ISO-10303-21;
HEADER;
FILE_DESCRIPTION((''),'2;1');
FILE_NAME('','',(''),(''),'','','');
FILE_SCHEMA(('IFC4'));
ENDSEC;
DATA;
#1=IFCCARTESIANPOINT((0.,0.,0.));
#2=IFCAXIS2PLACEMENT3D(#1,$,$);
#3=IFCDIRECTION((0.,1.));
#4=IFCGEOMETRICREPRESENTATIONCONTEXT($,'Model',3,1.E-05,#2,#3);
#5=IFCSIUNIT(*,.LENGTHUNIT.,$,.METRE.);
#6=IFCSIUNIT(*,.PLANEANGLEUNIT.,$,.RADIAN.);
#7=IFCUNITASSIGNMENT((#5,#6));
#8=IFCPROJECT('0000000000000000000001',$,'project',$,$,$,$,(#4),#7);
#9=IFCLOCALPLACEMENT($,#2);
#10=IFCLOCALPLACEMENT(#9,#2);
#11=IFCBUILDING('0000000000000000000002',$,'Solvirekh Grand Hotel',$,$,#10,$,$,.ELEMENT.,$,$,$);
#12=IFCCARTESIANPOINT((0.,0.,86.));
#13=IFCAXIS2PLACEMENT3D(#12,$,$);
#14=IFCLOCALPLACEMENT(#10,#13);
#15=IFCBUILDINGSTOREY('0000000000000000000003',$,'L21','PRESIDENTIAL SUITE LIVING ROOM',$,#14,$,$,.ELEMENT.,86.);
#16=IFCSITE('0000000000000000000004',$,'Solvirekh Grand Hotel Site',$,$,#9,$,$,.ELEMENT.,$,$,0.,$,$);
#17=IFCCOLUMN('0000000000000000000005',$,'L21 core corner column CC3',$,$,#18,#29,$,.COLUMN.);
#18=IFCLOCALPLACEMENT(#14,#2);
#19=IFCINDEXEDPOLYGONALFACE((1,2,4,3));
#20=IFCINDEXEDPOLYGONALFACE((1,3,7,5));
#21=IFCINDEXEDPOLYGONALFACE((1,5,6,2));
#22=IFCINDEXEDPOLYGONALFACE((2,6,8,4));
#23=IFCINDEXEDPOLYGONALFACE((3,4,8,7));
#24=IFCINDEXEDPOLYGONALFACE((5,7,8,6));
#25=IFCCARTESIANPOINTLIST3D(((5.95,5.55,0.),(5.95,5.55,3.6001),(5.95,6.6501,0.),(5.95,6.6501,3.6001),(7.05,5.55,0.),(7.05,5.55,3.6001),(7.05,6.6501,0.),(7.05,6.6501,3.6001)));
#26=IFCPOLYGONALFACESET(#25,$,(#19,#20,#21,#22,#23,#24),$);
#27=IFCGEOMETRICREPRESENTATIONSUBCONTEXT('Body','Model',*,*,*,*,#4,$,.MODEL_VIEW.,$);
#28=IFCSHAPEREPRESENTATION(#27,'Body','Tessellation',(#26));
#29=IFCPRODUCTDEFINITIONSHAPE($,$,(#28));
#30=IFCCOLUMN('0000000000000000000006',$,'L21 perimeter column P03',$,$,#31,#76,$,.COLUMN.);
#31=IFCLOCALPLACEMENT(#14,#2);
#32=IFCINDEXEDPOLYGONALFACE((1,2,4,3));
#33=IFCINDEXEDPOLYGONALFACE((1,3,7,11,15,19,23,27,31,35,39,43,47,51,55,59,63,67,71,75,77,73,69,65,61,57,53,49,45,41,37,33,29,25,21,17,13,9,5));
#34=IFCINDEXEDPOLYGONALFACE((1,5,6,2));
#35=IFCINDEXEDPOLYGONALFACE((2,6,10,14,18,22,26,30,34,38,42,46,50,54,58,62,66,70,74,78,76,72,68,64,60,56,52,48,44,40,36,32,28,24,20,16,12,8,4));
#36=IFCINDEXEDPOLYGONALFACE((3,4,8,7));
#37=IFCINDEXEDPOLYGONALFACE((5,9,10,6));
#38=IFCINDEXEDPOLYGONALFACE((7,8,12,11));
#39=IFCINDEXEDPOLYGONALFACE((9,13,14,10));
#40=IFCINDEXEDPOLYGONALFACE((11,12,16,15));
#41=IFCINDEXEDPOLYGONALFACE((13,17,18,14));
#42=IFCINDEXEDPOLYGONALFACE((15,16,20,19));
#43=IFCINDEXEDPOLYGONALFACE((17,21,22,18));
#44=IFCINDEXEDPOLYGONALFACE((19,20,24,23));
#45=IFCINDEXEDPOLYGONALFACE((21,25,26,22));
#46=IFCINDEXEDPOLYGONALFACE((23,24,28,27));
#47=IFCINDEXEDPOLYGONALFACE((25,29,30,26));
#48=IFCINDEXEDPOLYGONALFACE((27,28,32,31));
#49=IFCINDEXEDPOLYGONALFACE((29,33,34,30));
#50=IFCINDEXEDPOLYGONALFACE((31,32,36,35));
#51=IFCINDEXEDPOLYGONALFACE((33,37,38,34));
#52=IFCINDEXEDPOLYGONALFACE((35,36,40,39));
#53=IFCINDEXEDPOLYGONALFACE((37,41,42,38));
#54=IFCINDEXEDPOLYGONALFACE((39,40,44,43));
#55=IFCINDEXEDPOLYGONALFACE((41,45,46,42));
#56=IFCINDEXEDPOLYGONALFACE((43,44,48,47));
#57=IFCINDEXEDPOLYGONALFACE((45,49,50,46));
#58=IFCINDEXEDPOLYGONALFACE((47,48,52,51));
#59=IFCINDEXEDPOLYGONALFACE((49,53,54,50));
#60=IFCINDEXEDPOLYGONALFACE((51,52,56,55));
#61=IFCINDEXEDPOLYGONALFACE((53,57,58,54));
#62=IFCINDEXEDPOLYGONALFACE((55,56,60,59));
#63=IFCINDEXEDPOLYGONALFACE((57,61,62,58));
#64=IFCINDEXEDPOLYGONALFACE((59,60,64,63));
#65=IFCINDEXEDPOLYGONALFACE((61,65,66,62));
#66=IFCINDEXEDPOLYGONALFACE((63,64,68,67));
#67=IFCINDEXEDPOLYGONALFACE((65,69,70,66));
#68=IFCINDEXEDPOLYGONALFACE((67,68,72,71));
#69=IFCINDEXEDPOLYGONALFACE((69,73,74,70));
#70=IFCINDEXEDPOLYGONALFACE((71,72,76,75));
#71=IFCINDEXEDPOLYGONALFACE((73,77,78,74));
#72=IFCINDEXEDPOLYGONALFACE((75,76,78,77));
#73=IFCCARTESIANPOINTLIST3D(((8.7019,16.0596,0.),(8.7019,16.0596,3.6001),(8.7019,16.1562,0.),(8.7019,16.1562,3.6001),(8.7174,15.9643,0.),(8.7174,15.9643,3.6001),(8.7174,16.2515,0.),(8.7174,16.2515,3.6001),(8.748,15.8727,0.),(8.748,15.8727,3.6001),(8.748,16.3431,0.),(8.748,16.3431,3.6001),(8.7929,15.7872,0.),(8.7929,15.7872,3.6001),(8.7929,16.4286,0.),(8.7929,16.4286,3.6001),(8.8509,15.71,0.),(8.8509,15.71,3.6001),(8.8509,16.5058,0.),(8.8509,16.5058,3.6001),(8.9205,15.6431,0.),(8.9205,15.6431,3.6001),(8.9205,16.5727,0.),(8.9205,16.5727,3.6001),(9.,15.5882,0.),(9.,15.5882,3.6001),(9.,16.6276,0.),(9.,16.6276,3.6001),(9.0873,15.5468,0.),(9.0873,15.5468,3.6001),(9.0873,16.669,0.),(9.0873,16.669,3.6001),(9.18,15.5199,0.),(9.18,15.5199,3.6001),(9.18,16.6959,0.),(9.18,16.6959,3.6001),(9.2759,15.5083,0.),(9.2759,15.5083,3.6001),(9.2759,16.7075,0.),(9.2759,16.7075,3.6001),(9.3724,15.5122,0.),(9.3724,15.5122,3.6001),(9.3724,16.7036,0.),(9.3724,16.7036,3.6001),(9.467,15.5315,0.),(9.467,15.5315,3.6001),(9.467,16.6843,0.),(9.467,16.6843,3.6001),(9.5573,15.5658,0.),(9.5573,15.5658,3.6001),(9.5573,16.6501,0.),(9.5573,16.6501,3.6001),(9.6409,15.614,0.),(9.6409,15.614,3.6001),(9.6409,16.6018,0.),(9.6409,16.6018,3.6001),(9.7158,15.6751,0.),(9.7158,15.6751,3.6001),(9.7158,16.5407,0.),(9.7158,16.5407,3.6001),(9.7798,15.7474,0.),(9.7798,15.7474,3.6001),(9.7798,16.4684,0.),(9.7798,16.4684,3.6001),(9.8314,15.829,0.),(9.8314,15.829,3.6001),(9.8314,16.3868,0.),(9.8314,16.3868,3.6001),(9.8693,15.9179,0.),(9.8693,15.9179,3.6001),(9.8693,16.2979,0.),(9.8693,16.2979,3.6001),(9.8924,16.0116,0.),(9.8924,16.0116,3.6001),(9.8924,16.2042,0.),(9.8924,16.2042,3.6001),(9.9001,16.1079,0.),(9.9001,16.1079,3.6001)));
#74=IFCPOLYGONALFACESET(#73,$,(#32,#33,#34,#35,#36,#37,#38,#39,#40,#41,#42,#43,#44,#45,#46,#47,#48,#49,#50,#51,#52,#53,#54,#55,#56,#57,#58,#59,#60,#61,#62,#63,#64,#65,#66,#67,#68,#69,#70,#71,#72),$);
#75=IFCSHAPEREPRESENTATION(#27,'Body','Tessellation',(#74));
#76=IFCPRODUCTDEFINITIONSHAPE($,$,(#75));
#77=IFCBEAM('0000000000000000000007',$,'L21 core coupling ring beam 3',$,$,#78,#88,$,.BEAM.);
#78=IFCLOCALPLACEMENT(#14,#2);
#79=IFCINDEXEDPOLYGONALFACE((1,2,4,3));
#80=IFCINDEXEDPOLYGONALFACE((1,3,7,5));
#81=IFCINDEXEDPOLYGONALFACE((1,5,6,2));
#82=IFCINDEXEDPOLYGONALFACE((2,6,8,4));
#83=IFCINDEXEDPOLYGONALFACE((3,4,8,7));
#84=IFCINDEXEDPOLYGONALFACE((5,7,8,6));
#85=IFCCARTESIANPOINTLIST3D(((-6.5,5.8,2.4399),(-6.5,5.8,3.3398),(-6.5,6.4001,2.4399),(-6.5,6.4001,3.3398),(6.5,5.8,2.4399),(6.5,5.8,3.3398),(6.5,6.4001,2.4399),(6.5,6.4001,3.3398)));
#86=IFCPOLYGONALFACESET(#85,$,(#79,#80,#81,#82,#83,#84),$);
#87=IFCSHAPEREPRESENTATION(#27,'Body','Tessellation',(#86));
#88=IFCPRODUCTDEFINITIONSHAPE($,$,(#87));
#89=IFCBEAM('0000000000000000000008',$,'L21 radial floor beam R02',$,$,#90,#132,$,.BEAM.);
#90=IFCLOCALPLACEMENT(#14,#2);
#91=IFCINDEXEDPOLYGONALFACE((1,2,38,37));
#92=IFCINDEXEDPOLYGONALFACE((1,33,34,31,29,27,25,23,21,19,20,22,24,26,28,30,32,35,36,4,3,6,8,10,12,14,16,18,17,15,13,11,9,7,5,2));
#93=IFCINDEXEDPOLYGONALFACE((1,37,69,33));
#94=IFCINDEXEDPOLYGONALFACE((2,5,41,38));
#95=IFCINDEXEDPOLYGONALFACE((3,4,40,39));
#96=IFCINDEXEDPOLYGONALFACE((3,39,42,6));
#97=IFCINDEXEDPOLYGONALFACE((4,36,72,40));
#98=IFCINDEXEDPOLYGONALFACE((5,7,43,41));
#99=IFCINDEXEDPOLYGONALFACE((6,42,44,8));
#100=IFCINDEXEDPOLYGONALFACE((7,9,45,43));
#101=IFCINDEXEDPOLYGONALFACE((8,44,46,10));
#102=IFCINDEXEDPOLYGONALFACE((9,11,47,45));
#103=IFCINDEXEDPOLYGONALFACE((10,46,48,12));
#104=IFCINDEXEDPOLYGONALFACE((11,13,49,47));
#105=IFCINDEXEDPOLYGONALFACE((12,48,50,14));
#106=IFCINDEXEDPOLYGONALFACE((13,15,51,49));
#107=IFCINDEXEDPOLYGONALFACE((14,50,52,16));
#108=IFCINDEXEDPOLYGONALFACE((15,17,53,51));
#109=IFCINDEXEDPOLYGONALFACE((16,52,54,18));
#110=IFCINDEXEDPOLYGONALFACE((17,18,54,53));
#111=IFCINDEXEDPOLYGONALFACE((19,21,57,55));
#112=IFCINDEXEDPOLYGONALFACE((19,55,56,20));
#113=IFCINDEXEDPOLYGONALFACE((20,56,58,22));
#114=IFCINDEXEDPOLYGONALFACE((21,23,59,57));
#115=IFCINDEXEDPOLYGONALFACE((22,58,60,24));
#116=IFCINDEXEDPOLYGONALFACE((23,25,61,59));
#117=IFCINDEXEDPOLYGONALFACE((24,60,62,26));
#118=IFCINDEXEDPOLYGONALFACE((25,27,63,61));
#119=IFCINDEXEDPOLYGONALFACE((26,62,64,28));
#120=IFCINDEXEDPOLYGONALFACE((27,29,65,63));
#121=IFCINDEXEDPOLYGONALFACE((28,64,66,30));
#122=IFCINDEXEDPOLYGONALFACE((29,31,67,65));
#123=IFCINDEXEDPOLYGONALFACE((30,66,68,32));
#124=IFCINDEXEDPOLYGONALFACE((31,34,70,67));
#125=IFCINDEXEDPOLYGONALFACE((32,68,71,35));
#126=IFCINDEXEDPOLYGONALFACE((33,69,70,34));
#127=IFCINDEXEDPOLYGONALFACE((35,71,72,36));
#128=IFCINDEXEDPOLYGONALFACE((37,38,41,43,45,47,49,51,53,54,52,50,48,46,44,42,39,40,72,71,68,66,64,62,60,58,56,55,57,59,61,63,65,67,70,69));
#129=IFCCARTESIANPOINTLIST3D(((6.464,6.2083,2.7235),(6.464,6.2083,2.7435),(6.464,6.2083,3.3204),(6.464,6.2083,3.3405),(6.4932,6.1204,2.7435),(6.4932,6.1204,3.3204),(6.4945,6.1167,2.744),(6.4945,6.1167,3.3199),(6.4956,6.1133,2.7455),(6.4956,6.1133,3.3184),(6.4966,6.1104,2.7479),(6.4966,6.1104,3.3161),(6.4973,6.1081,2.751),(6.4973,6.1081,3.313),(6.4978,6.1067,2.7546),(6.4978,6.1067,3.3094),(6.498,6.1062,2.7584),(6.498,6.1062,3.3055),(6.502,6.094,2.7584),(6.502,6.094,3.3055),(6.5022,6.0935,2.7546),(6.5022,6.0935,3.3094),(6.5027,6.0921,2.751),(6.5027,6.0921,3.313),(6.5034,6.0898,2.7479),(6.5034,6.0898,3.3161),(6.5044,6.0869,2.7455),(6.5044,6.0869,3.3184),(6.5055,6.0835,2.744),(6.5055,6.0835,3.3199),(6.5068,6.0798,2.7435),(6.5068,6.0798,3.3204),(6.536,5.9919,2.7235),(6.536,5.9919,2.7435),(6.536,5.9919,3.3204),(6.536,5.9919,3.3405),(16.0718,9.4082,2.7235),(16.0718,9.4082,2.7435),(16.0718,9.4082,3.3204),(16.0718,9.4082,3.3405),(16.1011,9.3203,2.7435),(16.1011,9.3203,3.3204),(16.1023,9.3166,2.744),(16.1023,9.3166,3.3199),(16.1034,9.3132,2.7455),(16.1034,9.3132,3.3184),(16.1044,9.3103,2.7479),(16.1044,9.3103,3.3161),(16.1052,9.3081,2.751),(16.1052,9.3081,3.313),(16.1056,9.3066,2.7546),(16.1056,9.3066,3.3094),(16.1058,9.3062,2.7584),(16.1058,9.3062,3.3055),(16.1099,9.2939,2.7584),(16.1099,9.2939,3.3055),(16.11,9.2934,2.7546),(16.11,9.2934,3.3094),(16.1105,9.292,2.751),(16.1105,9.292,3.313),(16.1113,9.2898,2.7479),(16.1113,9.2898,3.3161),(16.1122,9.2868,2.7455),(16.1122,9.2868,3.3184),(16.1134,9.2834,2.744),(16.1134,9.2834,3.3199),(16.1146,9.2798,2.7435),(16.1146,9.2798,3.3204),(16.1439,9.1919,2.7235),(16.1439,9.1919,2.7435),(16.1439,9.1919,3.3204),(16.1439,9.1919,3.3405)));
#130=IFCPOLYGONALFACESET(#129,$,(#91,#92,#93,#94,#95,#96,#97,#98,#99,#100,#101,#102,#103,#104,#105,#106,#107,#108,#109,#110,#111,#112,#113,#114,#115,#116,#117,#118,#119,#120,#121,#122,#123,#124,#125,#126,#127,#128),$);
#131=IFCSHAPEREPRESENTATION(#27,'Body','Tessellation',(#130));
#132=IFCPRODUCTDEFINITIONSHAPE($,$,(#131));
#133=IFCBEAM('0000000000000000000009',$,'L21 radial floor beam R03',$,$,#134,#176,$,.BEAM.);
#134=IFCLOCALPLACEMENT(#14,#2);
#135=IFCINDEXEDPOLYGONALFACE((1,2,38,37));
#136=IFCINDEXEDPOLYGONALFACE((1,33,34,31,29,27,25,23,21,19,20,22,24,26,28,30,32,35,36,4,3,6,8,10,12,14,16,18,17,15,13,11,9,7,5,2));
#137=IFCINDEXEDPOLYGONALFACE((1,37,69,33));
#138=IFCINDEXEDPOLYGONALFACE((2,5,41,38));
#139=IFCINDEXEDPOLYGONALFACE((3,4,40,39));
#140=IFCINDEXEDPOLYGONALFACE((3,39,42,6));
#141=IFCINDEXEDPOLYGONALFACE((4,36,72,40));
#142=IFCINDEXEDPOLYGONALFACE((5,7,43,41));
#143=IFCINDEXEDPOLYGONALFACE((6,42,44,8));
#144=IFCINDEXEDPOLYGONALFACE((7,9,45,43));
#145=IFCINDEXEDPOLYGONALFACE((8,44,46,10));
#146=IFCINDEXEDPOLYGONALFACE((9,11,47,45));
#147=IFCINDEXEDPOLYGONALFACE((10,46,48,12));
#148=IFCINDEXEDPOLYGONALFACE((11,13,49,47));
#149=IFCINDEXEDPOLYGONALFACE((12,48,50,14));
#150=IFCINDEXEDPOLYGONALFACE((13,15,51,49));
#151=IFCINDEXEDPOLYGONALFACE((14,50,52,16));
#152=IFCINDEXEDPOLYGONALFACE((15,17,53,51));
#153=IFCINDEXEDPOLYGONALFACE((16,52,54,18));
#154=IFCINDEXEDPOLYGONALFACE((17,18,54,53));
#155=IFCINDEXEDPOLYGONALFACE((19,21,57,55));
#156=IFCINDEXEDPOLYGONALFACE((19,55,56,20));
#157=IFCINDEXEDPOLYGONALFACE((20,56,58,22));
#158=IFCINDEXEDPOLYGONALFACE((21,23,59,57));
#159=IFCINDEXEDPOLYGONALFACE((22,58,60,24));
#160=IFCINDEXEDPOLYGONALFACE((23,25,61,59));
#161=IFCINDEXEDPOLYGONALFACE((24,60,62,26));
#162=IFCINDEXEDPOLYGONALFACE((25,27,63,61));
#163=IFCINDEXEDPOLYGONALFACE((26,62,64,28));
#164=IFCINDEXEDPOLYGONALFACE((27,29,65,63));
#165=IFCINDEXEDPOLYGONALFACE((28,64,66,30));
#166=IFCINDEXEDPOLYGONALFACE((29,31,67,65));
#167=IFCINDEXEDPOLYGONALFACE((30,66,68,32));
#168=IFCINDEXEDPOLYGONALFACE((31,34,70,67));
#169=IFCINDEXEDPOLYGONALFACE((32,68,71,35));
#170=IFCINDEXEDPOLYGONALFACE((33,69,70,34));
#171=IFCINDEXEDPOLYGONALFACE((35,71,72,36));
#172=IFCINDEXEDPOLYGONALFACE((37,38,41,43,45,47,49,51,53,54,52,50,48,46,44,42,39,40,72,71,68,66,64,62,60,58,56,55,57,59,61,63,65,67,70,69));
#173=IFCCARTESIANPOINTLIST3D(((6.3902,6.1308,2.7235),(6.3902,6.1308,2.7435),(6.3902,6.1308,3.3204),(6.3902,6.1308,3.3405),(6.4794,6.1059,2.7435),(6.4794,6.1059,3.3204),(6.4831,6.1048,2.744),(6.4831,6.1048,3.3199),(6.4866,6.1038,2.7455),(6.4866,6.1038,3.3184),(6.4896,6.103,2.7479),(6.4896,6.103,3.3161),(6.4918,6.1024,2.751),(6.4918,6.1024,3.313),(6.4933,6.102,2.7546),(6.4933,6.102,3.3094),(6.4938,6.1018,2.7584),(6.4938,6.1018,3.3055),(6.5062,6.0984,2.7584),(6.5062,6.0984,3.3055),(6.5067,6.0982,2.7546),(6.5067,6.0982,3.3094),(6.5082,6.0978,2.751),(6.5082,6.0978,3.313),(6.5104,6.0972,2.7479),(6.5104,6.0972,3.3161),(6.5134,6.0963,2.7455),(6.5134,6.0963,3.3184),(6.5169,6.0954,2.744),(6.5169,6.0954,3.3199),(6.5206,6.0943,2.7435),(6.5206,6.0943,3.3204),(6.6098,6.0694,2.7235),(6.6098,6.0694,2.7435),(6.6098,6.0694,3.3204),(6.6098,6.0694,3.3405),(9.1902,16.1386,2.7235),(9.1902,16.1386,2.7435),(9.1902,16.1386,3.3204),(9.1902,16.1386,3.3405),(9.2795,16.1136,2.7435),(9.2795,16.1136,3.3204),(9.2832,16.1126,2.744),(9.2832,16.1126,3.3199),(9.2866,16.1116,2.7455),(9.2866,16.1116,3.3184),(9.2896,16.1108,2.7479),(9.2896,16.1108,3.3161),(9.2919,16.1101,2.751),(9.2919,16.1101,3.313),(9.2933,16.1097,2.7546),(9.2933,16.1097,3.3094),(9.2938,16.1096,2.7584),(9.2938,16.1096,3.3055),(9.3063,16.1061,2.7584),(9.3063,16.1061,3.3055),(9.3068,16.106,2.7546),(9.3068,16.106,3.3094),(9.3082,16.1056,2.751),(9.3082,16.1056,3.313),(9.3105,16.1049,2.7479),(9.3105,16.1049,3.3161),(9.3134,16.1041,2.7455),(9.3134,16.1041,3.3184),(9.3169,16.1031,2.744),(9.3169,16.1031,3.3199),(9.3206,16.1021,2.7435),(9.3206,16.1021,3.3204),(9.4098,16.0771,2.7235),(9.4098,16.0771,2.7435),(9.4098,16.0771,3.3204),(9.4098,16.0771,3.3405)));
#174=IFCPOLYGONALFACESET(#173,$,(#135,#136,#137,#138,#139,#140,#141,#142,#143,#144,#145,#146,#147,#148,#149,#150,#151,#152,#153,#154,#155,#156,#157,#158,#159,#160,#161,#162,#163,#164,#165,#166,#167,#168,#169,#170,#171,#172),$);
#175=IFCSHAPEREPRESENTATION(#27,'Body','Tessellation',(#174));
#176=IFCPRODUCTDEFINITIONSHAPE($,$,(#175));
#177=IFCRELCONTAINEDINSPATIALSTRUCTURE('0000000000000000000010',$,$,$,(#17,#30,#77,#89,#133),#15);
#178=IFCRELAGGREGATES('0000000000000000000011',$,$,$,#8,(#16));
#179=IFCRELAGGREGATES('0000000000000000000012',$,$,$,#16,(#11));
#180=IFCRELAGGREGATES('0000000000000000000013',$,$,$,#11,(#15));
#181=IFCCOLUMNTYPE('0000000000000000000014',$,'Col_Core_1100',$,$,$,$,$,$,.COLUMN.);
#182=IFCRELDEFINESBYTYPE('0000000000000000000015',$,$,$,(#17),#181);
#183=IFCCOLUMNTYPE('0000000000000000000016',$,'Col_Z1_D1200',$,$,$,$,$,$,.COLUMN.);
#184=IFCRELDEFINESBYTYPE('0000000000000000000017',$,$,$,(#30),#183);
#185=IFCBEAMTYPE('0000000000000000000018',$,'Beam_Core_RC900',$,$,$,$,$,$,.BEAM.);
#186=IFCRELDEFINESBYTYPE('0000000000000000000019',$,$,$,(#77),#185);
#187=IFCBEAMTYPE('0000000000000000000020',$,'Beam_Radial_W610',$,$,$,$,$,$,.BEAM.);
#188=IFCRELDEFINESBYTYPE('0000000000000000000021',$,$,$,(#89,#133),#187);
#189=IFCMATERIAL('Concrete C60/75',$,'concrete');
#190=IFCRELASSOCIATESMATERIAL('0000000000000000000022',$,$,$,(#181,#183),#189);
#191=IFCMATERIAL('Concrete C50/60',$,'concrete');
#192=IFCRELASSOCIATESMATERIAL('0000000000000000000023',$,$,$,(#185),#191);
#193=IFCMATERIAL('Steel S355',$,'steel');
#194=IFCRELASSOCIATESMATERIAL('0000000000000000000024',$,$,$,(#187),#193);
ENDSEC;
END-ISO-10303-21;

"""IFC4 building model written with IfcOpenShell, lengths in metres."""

from ifc_helpers import new_model, si_unit, direction, frame, origin, origin_2d, place, context, subcontext, project, spatial, rectangle, circle, i_section, extrude, material, material_profile, profile_set, type_object, element, save


model = new_model("IFC4")

# Units and contexts
model_context = context("Model", 3, precision=1e-05, world=origin(), true_north=direction((0.0, 1.0)))
body_context = subcontext(model_context, "Body", "Model", "MODEL_VIEW")
ifc_project = project(units=[si_unit("LENGTHUNIT", "METRE"), si_unit("PLANEANGLEUNIT", "RADIAN")], contexts=[model_context])

# Site, building, storey
site_placement = place(None, origin())
site = spatial("IfcSite", under=ifc_project, at=site_placement, Name="Solvirekh Grand Hotel Site", CompositionType="ELEMENT", RefElevation=0.0)
building_placement = place(site_placement, origin())
building = spatial("IfcBuilding", under=site, at=building_placement, Name="Solvirekh Grand Hotel", CompositionType="ELEMENT")
storey_placement = place(building_placement, frame((0.0, 0.0, 86.0)))
storey = spatial("IfcBuildingStorey", under=building, at=storey_placement, Name="L21", Description="PRESIDENTIAL SUITE LIVING ROOM", CompositionType="ELEMENT", Elevation=86.0)

# Columns
ifc_material_1 = material(Name="Concrete C60/75", Category="concrete")
ifc_material_profile_1 = material_profile(ifc_material_1, rectangle(XDim=1.1001, YDim=1.1001, at=origin_2d()), Name="RC 1100X1100")
ifc_profile_set_1 = profile_set([ifc_material_profile_1], Name="Concrete C60/75")
column_type_1 = type_object("IfcColumnType", Name="Col_Core_1100", PredefinedType="COLUMN", material=ifc_profile_set_1)
column_1_placement = place(storey_placement, frame((6.5, 6.1001, 0.0), z_axis=(0.0, 0.0, 1.0), x_axis=(1.0, 0.0, 0.0)))
element("IfcColumn", 1, at=column_1_placement, inside=storey, type_object=column_type_1, Name="L21 core corner column CC3", PredefinedType="COLUMN", context=body_context, shape_type="SweptSolid", body=[
    extrude(rectangle(XDim=1.1001, YDim=1.1001, at=origin_2d()), origin(), (0.0, 0.0, 1.0), 3.6001),
])
ifc_material_profile_2 = material_profile(ifc_material_1, circle(Radius=0.6001, at=origin_2d()), Name="RC CIRC D1200")
ifc_profile_set_2 = profile_set([ifc_material_profile_2], Name="Concrete C60/75")
column_type_2 = type_object("IfcColumnType", Name="Col_Z1_D1200", PredefinedType="COLUMN", material=ifc_profile_set_2)
column_2_placement = place(storey_placement, frame((9.3, 16.1079, 0.0), z_axis=(0.0, 0.0, 1.0), x_axis=(1.0, 0.0, 0.0)))
element("IfcColumn", 2, at=column_2_placement, inside=storey, type_object=column_type_2, Name="L21 perimeter column P03", PredefinedType="COLUMN", context=body_context, shape_type="SweptSolid", body=[
    extrude(circle(Radius=0.6001, at=origin_2d()), origin(), (0.0, 0.0, 1.0), 3.6001),
])

# Beams
ifc_material_2 = material(Name="Concrete C50/60", Category="concrete")
ifc_material_profile_3 = material_profile(ifc_material_2, rectangle(XDim=0.6001, YDim=0.8999, at=origin_2d()), Name="RC BEAM 600X900")
ifc_profile_set_3 = profile_set([ifc_material_profile_3], Name="Concrete C50/60")
beam_type_1 = type_object("IfcBeamType", Name="Beam_Core_RC900", PredefinedType="BEAM", material=ifc_profile_set_3)
beam_1_placement = place(storey_placement, frame((6.5, 6.1001, 2.8899), z_axis=(-1.0, 0.0, 0.0), x_axis=(0.0, -1.0, 0.0)))
element("IfcBeam", 3, at=beam_1_placement, inside=storey, type_object=beam_type_1, Name="L21 core coupling ring beam 3", PredefinedType="BEAM", context=body_context, shape_type="SweptSolid", body=[
    extrude(rectangle(XDim=0.6001, YDim=0.8999, at=origin_2d()), origin(), (0.0, 0.0, 1.0), 13.0),
])
ifc_material_3 = material(Name="Steel S355", Category="steel")
ifc_material_profile_4 = material_profile(ifc_material_3, i_section(OverallWidth=0.228, OverallDepth=0.6169, WebThickness=0.0129, FlangeThickness=0.02, FilletRadius=0.0149, at=origin_2d()), Name="W610X140")
ifc_profile_set_4 = profile_set([ifc_material_profile_4], Name="Steel S355")
beam_type_2 = type_object("IfcBeamType", Name="Beam_Radial_W610", PredefinedType="BEAM", material=ifc_profile_set_4)
beam_2_placement = place(storey_placement, frame((6.5, 6.1001, 3.032), z_axis=(0.948763, 0.315989, 0.0), x_axis=(-0.315989, 0.948763, 0.0)))
element("IfcBeam", 4, at=beam_2_placement, inside=storey, type_object=beam_type_2, Name="L21 radial floor beam R02", PredefinedType="BEAM", context=body_context, shape_type="SweptSolid", body=[
    extrude(i_section(OverallWidth=0.228, OverallDepth=0.6169, WebThickness=0.0129, FlangeThickness=0.02, FilletRadius=0.0149, at=origin_2d()), origin(), (0.0, 0.0, 1.0), 10.1267),
])
beam_3_placement = place(storey_placement, frame((6.5, 6.1001, 3.032), z_axis=(0.269439, 0.963017, 0.0), x_axis=(-0.963017, 0.269439, 0.0)))
element("IfcBeam", 5, at=beam_3_placement, inside=storey, type_object=beam_type_2, Name="L21 radial floor beam R03", PredefinedType="BEAM", context=body_context, shape_type="SweptSolid", body=[
    extrude(i_section(OverallWidth=0.228, OverallDepth=0.6169, WebThickness=0.0129, FlangeThickness=0.02, FilletRadius=0.0149, at=origin_2d()), origin(), (0.0, 0.0, 1.0), 10.3921),
])

save(model, "model.ifc")
